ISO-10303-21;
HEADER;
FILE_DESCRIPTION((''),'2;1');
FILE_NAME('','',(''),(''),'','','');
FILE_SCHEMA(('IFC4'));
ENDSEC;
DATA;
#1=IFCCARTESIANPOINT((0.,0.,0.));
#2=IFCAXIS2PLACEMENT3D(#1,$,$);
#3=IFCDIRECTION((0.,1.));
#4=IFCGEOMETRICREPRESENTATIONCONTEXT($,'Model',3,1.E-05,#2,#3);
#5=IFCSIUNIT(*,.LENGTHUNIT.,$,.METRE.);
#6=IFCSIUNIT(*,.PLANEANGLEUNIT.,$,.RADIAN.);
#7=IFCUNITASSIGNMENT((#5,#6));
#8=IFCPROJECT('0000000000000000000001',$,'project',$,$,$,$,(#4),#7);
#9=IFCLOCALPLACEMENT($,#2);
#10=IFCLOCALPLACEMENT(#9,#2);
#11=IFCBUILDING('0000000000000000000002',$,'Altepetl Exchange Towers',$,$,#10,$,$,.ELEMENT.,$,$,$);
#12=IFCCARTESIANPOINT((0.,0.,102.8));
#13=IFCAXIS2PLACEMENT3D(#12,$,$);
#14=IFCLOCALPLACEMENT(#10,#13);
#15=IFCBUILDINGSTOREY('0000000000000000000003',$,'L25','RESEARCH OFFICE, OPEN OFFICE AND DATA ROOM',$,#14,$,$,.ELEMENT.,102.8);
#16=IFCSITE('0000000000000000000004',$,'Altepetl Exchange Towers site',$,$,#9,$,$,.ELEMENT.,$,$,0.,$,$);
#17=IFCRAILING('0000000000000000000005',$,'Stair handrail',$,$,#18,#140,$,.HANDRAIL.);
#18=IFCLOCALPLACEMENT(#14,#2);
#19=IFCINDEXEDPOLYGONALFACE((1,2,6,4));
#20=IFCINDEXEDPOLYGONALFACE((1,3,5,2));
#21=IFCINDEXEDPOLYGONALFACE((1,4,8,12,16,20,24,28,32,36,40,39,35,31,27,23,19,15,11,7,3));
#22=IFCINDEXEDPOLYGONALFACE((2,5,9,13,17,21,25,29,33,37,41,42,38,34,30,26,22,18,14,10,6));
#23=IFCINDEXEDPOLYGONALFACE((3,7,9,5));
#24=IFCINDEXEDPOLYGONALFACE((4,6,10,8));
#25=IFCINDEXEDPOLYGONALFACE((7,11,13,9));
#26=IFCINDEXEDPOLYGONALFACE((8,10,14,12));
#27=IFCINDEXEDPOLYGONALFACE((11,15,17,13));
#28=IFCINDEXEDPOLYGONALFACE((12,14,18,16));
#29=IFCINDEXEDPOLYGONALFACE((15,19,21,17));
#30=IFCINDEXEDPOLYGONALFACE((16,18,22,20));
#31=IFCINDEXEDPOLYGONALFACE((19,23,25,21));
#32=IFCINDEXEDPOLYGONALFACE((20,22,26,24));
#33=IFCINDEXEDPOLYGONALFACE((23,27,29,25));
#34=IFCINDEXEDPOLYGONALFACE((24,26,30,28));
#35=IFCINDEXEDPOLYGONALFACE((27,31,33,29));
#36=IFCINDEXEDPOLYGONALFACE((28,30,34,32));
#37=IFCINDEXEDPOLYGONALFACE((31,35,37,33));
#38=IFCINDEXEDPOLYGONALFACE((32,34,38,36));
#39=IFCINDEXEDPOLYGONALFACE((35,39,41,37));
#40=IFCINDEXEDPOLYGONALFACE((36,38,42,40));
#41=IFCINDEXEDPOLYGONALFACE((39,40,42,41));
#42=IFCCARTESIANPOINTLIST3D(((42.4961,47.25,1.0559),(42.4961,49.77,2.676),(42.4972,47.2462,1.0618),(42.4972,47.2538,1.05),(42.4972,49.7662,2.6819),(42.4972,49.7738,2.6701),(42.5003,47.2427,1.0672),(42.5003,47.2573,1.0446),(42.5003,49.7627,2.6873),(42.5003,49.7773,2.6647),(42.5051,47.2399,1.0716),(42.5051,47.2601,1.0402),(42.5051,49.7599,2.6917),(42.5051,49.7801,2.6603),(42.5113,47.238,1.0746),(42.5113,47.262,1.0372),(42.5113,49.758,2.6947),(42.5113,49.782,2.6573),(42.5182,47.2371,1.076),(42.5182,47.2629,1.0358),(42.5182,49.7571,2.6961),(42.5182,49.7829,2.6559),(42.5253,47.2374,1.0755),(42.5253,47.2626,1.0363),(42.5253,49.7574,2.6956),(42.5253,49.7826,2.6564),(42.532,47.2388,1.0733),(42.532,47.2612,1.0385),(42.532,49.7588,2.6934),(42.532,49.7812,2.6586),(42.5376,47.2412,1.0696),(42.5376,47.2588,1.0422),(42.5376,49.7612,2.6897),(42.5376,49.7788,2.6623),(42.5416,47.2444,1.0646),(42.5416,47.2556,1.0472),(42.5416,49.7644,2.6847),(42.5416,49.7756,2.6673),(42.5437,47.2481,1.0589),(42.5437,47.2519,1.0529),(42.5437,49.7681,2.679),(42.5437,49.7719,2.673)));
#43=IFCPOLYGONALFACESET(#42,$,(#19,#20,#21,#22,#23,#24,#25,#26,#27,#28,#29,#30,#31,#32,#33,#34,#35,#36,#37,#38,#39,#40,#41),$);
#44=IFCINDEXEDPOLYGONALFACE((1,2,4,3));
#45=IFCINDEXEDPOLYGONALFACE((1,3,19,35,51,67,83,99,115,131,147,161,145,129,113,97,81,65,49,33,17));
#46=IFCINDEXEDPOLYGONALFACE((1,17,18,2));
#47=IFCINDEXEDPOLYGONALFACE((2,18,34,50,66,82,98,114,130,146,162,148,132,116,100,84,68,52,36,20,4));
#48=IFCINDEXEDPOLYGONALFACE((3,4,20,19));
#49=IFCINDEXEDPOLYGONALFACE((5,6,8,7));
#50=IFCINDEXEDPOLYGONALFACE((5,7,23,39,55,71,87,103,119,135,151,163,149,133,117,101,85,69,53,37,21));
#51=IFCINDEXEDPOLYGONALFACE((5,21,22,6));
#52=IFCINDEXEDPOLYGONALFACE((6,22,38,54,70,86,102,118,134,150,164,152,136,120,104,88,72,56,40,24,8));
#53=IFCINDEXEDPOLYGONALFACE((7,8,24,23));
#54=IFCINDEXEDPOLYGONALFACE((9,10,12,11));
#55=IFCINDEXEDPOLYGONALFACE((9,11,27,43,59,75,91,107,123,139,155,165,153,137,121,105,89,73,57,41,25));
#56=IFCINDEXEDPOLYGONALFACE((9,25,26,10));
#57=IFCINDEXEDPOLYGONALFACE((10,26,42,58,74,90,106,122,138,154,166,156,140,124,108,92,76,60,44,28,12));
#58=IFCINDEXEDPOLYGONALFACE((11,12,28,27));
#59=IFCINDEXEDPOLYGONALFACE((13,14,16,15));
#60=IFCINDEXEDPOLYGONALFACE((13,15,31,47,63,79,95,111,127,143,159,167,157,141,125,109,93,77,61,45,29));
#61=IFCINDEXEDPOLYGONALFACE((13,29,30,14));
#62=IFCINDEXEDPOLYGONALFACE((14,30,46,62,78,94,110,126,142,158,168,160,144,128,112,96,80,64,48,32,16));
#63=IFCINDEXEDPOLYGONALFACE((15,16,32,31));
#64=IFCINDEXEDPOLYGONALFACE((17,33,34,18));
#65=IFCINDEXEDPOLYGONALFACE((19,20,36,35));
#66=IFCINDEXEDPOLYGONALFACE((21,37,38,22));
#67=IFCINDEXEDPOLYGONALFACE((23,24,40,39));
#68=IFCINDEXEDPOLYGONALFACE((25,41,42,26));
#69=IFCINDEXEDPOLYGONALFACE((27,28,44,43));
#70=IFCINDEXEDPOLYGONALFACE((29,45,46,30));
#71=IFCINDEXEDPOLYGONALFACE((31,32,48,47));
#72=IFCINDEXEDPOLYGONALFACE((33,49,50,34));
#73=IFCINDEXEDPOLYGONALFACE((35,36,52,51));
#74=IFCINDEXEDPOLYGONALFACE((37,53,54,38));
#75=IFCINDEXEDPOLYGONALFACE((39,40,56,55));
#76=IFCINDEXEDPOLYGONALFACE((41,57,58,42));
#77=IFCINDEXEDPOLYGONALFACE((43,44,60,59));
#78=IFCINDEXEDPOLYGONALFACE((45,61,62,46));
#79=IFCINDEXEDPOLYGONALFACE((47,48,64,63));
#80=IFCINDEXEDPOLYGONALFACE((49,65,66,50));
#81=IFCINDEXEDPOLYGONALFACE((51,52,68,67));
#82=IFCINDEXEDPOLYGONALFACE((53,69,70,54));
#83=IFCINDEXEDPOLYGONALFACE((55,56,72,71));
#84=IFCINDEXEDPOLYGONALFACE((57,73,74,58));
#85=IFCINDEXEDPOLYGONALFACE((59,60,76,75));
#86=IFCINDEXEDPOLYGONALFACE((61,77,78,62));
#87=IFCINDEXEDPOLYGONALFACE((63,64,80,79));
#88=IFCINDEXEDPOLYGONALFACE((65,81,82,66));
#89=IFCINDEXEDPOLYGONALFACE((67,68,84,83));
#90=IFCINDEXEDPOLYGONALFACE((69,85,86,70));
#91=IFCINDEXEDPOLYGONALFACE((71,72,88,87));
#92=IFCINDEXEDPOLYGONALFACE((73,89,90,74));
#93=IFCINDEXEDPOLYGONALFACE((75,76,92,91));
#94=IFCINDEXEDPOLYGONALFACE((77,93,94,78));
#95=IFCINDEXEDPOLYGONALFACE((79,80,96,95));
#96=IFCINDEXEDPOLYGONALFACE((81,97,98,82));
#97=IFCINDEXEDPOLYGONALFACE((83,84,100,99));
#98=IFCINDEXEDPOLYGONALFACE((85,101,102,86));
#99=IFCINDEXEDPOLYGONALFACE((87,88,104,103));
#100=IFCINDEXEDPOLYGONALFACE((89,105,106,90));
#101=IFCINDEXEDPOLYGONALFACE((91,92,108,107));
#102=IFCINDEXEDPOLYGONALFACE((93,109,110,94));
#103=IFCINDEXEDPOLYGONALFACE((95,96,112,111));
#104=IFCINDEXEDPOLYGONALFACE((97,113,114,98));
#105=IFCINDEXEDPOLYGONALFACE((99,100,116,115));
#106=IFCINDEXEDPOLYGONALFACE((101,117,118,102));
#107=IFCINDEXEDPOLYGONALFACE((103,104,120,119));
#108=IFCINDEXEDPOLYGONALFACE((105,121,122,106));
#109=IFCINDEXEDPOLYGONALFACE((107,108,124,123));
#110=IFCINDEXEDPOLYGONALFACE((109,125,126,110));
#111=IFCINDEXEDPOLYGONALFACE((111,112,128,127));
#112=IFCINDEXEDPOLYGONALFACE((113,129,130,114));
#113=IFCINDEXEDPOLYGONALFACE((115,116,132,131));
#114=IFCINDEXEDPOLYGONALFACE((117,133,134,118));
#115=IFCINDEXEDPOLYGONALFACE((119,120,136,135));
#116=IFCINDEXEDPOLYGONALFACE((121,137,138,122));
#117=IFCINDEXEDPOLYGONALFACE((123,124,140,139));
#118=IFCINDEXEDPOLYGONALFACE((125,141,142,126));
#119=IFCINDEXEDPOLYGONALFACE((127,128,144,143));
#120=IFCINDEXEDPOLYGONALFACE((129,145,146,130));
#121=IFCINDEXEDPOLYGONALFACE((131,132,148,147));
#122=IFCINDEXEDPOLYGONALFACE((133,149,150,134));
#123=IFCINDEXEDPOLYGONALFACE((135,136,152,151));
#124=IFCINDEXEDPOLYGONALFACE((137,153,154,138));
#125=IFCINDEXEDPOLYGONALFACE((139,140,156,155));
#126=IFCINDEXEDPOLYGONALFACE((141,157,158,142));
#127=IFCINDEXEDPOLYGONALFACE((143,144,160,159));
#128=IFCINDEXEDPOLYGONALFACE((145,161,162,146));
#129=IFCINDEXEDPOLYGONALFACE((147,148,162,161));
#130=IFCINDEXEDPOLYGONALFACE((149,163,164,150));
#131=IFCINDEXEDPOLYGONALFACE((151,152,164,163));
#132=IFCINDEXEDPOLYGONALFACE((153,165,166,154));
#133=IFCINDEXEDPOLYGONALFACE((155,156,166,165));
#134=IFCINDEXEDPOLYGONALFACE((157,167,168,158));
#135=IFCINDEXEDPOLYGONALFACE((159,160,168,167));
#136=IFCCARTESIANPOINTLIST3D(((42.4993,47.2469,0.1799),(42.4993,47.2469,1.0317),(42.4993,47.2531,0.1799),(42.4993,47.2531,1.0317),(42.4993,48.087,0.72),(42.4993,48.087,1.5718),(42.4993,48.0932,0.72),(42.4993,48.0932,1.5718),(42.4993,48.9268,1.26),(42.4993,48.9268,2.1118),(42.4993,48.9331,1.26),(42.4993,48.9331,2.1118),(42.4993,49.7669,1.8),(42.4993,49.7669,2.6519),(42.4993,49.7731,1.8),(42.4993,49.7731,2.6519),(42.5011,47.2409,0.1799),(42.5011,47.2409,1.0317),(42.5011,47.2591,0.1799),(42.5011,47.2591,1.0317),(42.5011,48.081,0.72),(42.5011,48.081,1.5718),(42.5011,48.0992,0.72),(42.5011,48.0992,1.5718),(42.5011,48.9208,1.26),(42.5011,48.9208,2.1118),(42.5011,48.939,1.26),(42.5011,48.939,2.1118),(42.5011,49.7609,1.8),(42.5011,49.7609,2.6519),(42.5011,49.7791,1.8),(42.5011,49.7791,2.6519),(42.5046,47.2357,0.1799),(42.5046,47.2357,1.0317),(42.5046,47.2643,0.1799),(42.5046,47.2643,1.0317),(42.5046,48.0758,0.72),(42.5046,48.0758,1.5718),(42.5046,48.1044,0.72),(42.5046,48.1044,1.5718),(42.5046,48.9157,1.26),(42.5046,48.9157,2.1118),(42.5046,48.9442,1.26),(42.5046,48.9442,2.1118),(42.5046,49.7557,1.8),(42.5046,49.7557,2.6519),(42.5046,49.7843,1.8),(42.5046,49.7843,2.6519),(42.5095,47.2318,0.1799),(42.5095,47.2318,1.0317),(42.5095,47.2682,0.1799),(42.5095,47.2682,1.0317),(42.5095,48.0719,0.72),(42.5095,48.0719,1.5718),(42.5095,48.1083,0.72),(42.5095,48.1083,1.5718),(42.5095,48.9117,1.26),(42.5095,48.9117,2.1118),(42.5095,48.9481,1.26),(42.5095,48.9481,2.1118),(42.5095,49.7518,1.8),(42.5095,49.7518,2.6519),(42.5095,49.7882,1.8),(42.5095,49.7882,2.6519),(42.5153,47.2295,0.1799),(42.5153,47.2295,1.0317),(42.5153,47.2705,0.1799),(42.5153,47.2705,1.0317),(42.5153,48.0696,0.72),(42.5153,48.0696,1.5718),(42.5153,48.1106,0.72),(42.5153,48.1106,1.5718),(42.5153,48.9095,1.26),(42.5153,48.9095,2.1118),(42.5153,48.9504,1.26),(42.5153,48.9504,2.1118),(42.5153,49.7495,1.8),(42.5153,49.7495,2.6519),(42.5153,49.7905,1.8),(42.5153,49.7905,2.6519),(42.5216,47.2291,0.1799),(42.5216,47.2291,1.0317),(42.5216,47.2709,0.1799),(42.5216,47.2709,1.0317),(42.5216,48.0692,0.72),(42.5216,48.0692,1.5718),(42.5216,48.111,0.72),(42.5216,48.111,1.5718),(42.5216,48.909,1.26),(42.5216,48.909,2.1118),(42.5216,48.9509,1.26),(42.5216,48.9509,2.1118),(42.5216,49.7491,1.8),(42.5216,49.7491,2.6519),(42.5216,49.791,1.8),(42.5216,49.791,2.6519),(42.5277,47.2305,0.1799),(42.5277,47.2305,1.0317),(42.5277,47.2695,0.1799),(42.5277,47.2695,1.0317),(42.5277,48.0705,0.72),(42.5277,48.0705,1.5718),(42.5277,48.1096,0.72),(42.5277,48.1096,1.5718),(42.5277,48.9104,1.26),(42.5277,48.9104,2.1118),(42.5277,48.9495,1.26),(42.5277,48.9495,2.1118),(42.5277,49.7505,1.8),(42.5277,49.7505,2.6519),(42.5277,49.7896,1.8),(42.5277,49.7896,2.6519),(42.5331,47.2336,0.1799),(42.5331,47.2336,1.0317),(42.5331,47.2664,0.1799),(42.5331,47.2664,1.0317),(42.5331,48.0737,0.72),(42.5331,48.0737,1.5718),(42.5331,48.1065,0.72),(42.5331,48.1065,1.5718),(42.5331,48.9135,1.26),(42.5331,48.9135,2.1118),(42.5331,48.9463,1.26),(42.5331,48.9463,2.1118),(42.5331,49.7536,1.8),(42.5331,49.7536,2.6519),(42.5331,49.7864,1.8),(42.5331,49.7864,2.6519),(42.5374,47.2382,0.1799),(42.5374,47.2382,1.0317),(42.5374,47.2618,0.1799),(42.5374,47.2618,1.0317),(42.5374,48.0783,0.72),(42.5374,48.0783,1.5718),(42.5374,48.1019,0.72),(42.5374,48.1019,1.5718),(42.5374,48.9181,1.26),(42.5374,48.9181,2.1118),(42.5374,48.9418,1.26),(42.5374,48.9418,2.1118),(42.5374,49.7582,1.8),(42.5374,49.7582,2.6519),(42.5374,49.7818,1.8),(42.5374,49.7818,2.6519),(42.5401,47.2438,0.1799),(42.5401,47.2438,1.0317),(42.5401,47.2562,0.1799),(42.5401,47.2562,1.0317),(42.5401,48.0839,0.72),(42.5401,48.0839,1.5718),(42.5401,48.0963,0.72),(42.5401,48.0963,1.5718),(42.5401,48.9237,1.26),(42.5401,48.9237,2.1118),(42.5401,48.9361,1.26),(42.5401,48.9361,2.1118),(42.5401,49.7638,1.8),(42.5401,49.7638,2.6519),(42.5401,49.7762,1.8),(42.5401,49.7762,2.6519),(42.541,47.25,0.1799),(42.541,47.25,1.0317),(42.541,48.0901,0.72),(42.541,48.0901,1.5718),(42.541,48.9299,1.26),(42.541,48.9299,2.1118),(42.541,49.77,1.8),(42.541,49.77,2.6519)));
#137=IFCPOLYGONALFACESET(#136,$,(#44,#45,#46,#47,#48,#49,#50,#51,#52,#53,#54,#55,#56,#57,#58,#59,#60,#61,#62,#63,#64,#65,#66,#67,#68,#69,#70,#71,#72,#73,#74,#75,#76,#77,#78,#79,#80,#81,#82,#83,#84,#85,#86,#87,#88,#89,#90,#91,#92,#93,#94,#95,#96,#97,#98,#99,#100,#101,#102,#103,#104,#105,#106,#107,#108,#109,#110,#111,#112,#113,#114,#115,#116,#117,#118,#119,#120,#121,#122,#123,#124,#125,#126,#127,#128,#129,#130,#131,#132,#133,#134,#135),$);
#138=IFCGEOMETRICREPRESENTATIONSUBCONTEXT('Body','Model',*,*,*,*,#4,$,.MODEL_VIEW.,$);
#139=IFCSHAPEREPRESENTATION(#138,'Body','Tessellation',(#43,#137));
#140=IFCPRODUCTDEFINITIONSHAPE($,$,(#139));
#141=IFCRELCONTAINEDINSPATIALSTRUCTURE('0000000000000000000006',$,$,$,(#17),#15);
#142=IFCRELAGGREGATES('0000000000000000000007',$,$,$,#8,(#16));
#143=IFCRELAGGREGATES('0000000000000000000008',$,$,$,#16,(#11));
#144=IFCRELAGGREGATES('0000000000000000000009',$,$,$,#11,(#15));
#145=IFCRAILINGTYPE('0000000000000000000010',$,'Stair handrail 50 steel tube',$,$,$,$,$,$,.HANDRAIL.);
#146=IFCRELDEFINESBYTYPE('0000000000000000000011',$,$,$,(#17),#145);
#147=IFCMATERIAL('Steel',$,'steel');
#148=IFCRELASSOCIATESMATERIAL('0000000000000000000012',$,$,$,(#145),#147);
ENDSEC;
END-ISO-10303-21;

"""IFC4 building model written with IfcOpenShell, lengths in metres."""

from ifc_helpers import new_model, si_unit, direction, frame, origin, origin_2d, place, context, subcontext, project, spatial, circle, extrude, source, transform, mapped, material, type_object, element, save


model = new_model("IFC4")

# Units and contexts
model_context = context("Model", 3, precision=1e-05, world=origin(), true_north=direction((0.0, 1.0)))
body_context = subcontext(model_context, "Body", "Model", "MODEL_VIEW")
ifc_project = project(units=[si_unit("LENGTHUNIT", "METRE"), si_unit("PLANEANGLEUNIT", "RADIAN")], contexts=[model_context])

# Site, building, storey
site_placement = place(None, origin())
site = spatial("IfcSite", under=ifc_project, at=site_placement, Name="Altepetl Exchange Towers site", CompositionType="ELEMENT", RefElevation=0.0)
building_placement = place(site_placement, origin())
building = spatial("IfcBuilding", under=site, at=building_placement, Name="Altepetl Exchange Towers", CompositionType="ELEMENT")
storey_placement = place(building_placement, frame((0.0, 0.0, 102.8)))
storey = spatial("IfcBuildingStorey", under=building, at=storey_placement, Name="L25", Description="RESEARCH OFFICE, OPEN OFFICE AND DATA ROOM", CompositionType="ELEMENT", Elevation=102.8)

# Railing
ifc_material_1 = material(Name="Steel", Category="steel")
railing_type = type_object("IfcRailingType", Name="Stair handrail 50 steel tube", PredefinedType="HANDRAIL", material=ifc_material_1)
shared_shape = source(origin(), body_context, "Body", "SweptSolid", [
    extrude(circle(Radius=0.021, at=origin_2d()), origin(), (0.0, 0.0, 1.0), 0.8518),
])
railing_1_placement = place(storey_placement, frame((42.52, 47.25, 0.1799)))
element("IfcRailing", 1, at=railing_1_placement, inside=storey, type_object=railing_type, Name="Stair handrail", PredefinedType="HANDRAIL", context=body_context, shape_type="SweptSolid", body=[
    extrude(circle(Radius=0.0239, at=origin_2d()), frame((0.0, 0.0, 0.876), z_axis=(0.0, 0.841163, 0.540782), x_axis=(-1.0, 0.0, 0.0)), (0.0, 0.0, 1.0), 2.9958),
    mapped(shared_shape, transform((0.0, 0.0, 0.0))),
    mapped(shared_shape, transform((0.0, 0.8401, 0.54))),
    mapped(shared_shape, transform((0.0, 1.6799, 1.0801))),
    mapped(shared_shape, transform((0.0, 2.52, 1.6201))),
])

save(model, "model.ifc")
